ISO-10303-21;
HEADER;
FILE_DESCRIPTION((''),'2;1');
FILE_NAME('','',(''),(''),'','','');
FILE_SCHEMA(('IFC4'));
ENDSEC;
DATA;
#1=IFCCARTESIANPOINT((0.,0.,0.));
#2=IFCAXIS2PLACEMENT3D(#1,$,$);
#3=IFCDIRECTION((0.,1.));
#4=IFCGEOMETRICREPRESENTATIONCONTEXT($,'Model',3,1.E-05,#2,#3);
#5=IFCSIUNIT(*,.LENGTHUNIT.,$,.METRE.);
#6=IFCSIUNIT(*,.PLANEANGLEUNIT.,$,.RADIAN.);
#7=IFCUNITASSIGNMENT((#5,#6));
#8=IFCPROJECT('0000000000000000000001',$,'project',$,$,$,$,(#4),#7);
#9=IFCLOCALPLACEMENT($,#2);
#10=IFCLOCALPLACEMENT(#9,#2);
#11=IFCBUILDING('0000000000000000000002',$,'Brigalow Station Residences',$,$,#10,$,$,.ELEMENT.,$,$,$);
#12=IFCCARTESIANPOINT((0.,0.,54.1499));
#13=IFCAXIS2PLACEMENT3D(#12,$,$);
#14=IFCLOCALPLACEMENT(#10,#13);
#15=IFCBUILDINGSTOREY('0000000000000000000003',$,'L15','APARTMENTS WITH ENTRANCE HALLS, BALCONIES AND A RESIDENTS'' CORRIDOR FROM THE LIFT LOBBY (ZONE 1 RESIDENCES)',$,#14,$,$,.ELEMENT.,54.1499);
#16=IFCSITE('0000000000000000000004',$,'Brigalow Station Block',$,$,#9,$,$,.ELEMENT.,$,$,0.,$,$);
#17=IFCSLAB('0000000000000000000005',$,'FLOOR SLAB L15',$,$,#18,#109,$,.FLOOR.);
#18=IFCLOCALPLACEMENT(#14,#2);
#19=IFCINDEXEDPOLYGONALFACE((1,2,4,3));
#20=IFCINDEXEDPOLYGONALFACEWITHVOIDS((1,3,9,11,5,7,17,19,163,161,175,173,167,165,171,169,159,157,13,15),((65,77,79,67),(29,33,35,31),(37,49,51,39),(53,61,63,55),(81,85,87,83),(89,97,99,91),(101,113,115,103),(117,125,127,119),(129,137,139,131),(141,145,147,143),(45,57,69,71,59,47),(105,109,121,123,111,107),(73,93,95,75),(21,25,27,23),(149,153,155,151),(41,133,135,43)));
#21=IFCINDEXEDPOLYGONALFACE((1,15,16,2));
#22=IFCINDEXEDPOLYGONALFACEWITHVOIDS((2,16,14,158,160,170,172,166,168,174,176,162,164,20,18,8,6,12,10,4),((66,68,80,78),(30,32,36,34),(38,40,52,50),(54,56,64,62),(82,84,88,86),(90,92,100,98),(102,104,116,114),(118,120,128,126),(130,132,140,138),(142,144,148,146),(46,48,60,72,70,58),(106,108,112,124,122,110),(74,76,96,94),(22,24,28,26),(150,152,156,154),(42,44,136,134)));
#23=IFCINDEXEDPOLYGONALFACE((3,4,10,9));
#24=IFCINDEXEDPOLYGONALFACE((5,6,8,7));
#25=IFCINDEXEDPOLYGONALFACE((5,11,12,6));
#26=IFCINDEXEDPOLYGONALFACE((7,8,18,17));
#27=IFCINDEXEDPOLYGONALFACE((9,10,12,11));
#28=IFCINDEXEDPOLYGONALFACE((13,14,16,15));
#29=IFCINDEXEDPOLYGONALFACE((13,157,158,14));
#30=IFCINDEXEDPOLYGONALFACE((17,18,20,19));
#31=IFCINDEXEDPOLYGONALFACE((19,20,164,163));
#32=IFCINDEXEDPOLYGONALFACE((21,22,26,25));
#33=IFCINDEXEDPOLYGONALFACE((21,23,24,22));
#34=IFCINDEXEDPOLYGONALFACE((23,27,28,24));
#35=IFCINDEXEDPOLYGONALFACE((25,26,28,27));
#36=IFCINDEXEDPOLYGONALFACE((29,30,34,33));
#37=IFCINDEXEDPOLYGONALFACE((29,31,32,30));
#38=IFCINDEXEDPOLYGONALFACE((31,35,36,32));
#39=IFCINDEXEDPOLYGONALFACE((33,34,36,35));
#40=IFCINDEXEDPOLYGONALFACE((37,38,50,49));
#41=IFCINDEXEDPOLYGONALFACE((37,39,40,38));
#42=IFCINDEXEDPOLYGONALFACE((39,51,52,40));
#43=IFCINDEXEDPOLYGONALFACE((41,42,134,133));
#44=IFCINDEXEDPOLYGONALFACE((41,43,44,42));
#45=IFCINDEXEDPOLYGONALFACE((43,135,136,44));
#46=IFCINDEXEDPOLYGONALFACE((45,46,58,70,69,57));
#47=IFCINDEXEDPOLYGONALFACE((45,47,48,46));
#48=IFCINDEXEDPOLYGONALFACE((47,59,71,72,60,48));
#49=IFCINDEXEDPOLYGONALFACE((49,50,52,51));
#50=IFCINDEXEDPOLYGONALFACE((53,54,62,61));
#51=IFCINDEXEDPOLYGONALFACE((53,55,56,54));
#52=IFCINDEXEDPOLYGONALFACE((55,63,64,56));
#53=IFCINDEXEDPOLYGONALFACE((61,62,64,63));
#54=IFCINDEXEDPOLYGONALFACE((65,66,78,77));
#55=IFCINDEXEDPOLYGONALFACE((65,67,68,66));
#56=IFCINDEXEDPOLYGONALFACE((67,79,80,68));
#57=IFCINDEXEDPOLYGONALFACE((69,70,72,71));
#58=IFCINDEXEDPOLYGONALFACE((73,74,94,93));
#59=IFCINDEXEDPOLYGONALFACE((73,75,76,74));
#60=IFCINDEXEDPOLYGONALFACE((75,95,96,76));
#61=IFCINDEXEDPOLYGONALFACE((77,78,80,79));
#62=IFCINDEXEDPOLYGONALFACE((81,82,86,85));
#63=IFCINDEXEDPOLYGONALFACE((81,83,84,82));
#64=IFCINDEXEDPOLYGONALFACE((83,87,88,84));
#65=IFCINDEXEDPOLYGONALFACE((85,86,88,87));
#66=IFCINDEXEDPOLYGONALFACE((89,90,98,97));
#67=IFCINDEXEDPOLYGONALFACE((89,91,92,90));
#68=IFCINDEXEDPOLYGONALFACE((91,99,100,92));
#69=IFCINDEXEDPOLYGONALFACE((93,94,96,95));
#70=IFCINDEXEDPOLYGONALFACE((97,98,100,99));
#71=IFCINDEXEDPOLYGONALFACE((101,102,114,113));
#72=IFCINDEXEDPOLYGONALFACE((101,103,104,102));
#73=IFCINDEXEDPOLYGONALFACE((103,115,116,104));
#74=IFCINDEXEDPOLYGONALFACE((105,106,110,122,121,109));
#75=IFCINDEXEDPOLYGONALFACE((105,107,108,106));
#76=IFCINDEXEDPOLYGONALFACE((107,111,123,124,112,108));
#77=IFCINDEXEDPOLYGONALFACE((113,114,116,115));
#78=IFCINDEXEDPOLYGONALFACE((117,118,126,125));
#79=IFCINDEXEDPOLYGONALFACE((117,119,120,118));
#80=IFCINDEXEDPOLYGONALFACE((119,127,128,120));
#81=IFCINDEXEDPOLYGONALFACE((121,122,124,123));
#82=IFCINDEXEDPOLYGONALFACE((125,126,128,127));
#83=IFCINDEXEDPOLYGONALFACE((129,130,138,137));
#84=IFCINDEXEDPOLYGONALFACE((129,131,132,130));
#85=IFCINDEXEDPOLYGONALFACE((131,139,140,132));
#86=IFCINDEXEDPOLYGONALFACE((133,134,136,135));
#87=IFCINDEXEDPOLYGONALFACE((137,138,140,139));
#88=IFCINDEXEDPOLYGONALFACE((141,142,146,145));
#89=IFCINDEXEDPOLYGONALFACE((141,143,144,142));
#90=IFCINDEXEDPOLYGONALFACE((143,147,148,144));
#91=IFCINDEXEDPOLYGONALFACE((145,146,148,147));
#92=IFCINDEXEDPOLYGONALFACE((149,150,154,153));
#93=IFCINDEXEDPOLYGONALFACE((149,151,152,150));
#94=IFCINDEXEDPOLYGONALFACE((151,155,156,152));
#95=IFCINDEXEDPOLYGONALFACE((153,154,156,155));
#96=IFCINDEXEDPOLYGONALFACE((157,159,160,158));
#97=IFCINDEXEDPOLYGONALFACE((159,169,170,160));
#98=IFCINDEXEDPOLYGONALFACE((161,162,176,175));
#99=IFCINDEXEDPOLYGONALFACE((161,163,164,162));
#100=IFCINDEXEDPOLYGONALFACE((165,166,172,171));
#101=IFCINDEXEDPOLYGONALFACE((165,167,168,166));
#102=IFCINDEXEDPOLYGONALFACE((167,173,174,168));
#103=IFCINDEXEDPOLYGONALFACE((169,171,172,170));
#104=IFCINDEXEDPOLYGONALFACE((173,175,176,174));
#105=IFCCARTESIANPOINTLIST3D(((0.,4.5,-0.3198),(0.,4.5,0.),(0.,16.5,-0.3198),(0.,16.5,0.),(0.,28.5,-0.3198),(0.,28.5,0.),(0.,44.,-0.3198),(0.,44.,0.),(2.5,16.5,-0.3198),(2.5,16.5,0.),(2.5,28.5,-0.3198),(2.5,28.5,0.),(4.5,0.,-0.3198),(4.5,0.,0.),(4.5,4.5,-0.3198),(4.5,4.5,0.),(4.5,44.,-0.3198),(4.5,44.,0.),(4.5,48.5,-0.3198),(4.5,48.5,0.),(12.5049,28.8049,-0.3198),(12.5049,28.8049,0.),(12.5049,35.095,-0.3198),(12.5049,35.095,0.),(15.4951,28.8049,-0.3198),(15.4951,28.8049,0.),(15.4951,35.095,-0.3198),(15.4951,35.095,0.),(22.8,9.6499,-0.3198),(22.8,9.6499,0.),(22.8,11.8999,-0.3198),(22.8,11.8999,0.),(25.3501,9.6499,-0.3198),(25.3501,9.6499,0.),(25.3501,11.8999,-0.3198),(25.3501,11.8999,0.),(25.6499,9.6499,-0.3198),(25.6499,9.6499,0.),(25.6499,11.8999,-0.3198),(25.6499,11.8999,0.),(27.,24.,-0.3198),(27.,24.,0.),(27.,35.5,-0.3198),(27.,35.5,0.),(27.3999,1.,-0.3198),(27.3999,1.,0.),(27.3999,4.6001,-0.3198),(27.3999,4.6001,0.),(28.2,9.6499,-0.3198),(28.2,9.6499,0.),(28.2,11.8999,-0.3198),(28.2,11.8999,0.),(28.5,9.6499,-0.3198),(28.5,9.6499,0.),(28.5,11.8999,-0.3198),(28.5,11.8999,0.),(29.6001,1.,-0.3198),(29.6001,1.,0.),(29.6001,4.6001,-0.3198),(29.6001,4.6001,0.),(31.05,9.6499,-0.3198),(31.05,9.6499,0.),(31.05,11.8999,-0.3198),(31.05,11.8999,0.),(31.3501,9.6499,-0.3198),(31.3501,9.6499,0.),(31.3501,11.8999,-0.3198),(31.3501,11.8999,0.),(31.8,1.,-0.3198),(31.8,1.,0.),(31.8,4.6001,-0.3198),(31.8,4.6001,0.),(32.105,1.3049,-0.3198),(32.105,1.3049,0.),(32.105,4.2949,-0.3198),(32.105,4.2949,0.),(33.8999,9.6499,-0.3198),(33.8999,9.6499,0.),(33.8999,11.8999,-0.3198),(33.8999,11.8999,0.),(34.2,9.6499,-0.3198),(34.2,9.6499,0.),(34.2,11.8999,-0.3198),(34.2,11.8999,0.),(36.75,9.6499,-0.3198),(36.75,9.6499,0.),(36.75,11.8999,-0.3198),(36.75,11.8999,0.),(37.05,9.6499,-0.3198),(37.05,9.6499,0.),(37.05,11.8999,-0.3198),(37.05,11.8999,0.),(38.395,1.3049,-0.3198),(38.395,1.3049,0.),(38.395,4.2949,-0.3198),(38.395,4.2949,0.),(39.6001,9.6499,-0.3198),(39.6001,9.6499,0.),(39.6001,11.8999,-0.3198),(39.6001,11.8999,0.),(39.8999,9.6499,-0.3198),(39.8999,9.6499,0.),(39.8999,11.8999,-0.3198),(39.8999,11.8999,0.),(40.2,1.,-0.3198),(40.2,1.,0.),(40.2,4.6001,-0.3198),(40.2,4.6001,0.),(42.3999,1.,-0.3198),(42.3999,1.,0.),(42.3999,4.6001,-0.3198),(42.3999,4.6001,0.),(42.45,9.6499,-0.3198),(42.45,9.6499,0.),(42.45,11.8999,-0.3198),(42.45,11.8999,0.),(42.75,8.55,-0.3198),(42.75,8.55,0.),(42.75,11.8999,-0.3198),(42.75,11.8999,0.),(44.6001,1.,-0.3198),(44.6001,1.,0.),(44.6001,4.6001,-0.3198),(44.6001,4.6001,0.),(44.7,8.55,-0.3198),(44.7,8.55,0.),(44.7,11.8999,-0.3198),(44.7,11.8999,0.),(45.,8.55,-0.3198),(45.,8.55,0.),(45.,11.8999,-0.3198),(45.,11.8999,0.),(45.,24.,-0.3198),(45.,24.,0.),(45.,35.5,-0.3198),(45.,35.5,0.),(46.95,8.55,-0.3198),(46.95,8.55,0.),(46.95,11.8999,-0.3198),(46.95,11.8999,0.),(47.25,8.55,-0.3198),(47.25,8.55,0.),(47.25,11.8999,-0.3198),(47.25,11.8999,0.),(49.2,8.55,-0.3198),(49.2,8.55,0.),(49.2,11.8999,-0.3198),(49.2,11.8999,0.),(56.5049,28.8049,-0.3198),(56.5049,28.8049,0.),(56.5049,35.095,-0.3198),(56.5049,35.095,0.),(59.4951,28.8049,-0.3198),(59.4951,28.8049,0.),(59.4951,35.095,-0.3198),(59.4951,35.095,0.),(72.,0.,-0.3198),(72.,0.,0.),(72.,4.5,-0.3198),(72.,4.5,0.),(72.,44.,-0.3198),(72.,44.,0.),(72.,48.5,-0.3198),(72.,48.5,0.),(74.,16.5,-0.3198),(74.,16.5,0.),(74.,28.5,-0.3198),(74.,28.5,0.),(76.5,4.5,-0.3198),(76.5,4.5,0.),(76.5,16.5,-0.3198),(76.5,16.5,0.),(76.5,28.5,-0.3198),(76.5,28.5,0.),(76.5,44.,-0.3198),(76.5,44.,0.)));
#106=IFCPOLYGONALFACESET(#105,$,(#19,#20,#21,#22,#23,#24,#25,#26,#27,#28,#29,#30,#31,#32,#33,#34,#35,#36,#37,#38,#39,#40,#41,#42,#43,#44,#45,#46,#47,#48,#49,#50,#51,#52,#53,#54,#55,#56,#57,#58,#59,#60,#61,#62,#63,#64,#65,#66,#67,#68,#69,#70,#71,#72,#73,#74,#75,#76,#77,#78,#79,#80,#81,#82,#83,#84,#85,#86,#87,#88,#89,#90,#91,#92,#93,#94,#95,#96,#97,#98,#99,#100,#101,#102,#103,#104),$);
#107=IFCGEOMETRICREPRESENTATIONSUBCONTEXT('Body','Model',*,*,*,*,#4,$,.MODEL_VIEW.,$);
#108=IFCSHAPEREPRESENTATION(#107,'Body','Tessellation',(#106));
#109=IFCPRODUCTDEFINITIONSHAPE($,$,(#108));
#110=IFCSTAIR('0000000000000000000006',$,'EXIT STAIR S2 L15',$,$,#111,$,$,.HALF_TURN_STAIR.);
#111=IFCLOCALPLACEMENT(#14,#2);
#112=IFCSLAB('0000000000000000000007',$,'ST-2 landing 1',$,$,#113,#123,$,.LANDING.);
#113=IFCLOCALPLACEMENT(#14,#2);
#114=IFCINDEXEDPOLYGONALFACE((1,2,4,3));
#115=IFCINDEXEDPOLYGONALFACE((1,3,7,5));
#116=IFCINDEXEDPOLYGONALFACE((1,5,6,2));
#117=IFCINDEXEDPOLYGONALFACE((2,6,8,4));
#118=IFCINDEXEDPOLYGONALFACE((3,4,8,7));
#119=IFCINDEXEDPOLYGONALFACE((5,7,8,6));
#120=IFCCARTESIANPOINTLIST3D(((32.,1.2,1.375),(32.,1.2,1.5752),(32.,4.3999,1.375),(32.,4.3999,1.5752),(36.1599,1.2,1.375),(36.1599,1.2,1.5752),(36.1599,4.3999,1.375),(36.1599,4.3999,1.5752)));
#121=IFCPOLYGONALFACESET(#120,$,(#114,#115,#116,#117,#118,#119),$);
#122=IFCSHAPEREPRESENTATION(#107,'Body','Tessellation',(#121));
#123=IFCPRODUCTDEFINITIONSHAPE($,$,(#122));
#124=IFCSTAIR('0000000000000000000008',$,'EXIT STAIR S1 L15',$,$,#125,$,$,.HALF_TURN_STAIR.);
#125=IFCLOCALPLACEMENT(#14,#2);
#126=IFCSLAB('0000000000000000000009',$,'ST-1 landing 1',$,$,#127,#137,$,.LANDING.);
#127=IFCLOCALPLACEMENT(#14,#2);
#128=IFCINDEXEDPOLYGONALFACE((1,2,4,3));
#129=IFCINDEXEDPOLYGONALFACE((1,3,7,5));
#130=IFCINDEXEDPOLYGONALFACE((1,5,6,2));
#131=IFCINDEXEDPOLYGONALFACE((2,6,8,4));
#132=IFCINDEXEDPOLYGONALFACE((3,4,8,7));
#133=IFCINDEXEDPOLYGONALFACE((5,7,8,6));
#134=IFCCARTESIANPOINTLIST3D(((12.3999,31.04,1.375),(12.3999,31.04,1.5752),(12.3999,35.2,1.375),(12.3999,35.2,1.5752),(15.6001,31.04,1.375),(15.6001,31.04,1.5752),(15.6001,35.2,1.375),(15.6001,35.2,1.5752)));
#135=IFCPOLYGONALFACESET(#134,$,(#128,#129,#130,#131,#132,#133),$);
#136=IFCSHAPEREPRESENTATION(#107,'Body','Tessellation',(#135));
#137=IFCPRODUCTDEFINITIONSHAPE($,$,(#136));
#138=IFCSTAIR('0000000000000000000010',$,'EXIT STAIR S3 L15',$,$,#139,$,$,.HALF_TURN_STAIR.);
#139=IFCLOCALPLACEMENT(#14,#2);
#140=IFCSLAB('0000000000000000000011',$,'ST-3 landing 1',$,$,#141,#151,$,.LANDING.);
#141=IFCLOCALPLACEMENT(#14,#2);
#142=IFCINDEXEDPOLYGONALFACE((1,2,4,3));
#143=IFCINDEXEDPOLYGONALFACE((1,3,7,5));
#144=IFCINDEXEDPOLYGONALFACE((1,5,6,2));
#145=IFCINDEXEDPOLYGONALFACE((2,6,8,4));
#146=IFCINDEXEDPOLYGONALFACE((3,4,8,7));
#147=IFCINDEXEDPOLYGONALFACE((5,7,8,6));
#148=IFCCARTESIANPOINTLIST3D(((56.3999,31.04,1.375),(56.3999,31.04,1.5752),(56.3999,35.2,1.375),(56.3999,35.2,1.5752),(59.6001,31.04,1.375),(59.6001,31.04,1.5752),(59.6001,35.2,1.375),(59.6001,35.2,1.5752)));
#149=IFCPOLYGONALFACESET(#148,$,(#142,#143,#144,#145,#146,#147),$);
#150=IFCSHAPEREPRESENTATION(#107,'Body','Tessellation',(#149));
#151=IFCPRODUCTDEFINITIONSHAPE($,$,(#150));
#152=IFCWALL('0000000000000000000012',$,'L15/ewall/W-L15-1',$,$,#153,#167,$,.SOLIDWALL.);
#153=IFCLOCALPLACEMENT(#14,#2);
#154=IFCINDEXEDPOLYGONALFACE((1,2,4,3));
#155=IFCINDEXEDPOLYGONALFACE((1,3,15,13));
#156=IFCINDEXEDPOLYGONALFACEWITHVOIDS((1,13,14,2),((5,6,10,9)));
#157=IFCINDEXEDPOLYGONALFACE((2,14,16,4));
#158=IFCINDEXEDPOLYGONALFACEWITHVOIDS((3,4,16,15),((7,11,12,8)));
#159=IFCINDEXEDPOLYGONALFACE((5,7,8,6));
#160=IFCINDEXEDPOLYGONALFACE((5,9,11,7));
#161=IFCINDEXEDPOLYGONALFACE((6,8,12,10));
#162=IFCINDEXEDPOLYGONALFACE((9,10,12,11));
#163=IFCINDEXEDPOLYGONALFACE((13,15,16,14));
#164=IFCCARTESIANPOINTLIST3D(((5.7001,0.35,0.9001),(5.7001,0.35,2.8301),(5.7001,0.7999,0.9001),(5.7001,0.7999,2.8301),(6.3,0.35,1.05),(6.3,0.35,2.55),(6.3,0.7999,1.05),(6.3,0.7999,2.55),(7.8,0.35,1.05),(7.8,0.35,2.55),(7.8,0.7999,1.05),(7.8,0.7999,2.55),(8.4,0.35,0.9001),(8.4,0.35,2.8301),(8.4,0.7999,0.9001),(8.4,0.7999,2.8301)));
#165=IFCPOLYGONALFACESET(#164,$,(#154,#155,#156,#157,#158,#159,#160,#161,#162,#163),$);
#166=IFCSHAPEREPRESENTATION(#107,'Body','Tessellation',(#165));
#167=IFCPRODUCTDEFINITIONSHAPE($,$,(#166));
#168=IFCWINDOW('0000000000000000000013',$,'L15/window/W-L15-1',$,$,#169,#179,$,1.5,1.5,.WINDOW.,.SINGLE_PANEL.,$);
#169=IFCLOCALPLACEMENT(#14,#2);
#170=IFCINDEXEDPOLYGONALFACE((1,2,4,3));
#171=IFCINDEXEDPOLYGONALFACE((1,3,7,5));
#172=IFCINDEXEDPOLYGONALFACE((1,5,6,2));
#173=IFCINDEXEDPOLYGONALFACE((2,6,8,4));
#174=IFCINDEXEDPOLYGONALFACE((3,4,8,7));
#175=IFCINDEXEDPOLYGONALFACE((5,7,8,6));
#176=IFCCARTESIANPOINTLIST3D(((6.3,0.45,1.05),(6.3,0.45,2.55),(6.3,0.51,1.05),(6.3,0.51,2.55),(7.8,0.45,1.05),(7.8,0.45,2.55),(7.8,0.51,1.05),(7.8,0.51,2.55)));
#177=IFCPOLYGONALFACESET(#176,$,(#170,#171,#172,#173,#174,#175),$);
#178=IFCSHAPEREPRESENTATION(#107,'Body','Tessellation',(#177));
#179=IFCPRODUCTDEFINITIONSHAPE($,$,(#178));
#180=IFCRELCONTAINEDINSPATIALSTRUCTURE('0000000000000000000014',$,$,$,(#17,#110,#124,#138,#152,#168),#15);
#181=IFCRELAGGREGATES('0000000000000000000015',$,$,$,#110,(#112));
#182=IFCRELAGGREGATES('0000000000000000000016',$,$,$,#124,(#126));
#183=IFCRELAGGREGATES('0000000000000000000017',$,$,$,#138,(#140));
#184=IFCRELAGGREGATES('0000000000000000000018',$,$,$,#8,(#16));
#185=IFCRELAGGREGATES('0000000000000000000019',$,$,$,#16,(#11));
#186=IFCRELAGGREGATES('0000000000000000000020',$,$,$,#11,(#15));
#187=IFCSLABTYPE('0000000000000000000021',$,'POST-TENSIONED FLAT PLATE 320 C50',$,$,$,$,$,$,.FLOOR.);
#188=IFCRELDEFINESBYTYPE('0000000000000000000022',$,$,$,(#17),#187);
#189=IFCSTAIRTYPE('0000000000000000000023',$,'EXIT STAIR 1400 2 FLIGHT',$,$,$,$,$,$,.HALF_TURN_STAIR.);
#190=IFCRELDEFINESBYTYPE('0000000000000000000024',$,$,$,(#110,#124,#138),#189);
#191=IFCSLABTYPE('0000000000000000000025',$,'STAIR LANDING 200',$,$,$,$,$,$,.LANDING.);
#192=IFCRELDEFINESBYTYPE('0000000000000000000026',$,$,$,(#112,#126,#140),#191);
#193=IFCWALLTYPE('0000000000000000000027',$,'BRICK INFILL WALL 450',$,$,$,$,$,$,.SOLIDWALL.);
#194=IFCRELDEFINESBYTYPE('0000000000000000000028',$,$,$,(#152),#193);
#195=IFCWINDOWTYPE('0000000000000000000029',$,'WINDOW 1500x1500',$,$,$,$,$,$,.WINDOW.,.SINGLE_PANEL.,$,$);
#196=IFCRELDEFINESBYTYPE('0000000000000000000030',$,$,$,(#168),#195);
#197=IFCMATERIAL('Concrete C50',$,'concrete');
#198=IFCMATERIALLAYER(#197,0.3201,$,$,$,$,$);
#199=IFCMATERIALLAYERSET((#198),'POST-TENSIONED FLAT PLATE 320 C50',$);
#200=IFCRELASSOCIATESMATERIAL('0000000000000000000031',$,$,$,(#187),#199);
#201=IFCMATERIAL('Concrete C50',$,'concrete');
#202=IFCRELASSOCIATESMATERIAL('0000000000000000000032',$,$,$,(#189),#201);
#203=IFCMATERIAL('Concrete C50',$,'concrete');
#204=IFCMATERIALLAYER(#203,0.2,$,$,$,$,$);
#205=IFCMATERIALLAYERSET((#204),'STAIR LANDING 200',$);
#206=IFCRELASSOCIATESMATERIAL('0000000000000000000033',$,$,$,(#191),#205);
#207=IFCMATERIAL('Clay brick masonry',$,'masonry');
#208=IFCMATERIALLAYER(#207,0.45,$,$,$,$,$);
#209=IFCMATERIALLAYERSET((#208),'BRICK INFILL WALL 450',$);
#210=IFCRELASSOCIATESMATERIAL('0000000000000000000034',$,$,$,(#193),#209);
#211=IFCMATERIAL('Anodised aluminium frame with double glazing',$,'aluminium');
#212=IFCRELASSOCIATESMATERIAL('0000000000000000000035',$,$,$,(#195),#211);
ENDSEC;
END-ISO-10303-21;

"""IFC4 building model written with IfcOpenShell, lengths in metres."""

from ifc_helpers import new_model, si_unit, direction, frame, frame_2d, origin, place, context, subcontext, project, spatial, polyline, rectangle, outline, extrude, material, layer, layer_set, type_object, element, fill, aggregate, save


model = new_model("IFC4")

# Units and contexts
model_context = context("Model", 3, precision=1e-05, world=origin(), true_north=direction((0.0, 1.0)))
body_context = subcontext(model_context, "Body", "Model", "MODEL_VIEW")
ifc_project = project(units=[si_unit("LENGTHUNIT", "METRE"), si_unit("PLANEANGLEUNIT", "RADIAN")], contexts=[model_context])

# Site, building, storey
site_placement = place(None, origin())
site = spatial("IfcSite", under=ifc_project, at=site_placement, Name="Brigalow Station Block", CompositionType="ELEMENT", RefElevation=0.0)
building_placement = place(site_placement, origin())
building = spatial("IfcBuilding", under=site, at=building_placement, Name="Brigalow Station Residences", CompositionType="ELEMENT")
storey_placement = place(building_placement, frame((0.0, 0.0, 54.1499)))
storey = spatial("IfcBuildingStorey", under=building, at=storey_placement, Name="L15", Description="APARTMENTS WITH ENTRANCE HALLS, BALCONIES AND A RESIDENTS' CORRIDOR FROM THE LIFT LOBBY (ZONE 1 RESIDENCES)", CompositionType="ELEMENT", Elevation=54.1499)

# Slab
ifc_material_1 = material(Name="Concrete C50", Category="concrete")
ifc_layer_1 = layer(ifc_material_1, 0.3201)
ifc_layer_set_1 = layer_set([ifc_layer_1], Name="POST-TENSIONED FLAT PLATE 320 C50")
slab_type_1 = type_object("IfcSlabType", Name="POST-TENSIONED FLAT PLATE 320 C50", PredefinedType="FLOOR", material=ifc_layer_set_1)
slab_1_placement = place(storey_placement, frame((0.0, 0.0, -0.3198)))
element("IfcSlab", 1, at=slab_1_placement, inside=storey, type_object=slab_type_1, Name="FLOOR SLAB L15", PredefinedType="FLOOR", context=body_context, shape_type="SweptSolid", body=[
    extrude(outline(polyline([(4.5, 0.0), (72.0, 0.0), (72.0, 4.5), (76.5, 4.5), (76.5, 16.5), (74.0, 16.5), (74.0, 28.5), (76.5, 28.5), (76.5, 44.0), (72.0, 44.0), (72.0, 48.5), (4.5, 48.5), (4.5, 44.0), (0.0, 44.0), (0.0, 28.5), (2.5, 28.5), (2.5, 16.5), (0.0, 16.5), (0.0, 4.5), (4.5, 4.5), (4.5, 0.0)]), holes=[polyline([(15.4951, 35.095), (15.4951, 28.8049), (12.5049, 28.8049), (12.5049, 35.095), (15.4951, 35.095)]), polyline([(22.8, 11.8999), (25.3501, 11.8999), (25.3501, 9.6499), (22.8, 9.6499), (22.8, 11.8999)]), polyline([(25.6499, 11.8999), (28.2, 11.8999), (28.2, 9.6499), (25.6499, 9.6499), (25.6499, 11.8999)]), polyline([(28.5, 11.8999), (31.05, 11.8999), (31.05, 9.6499), (28.5, 9.6499), (28.5, 11.8999)]), polyline([(29.6001, 1.0), (27.3999, 1.0), (27.3999, 4.6001), (29.6001, 4.6001), (31.8, 4.6001), (31.8, 1.0), (29.6001, 1.0)]), polyline([(31.3501, 11.8999), (33.8999, 11.8999), (33.8999, 9.6499), (31.3501, 9.6499), (31.3501, 11.8999)]), polyline([(32.105, 4.2949), (38.395, 4.2949), (38.395, 1.3049), (32.105, 1.3049), (32.105, 4.2949)]), polyline([(36.75, 11.8999), (36.75, 9.6499), (34.2, 9.6499), (34.2, 11.8999), (36.75, 11.8999)]), polyline([(37.05, 11.8999), (39.6001, 11.8999), (39.6001, 9.6499), (37.05, 9.6499), (37.05, 11.8999)]), polyline([(39.8999, 11.8999), (42.45, 11.8999), (42.45, 9.6499), (39.8999, 9.6499), (39.8999, 11.8999)]), polyline([(42.3999, 1.0), (40.2, 1.0), (40.2, 4.6001), (42.3999, 4.6001), (44.6001, 4.6001), (44.6001, 1.0), (42.3999, 1.0)]), polyline([(42.75, 11.8999), (44.7, 11.8999), (44.7, 8.55), (42.75, 8.55), (42.75, 11.8999)]), polyline([(45.0, 11.8999), (46.95, 11.8999), (46.95, 8.55), (45.0, 8.55), (45.0, 11.8999)]), polyline([(45.0, 35.5), (45.0, 24.0), (27.0, 24.0), (27.0, 35.5), (45.0, 35.5)]), polyline([(47.25, 11.8999), (49.2, 11.8999), (49.2, 8.55), (47.25, 8.55), (47.25, 11.8999)]), polyline([(59.4951, 35.095), (59.4951, 28.8049), (56.5049, 28.8049), (56.5049, 35.095), (59.4951, 35.095)])]), origin(), (0.0, 0.0, 1.0), 0.3198),
])

# Stairs, slabs
ifc_material_2 = material(Name="Concrete C50", Category="concrete")
stair_type = type_object("IfcStairType", Name="EXIT STAIR 1400 2 FLIGHT", PredefinedType="HALF_TURN_STAIR", material=ifc_material_2)
stair_1_placement = place(storey_placement, origin())
stair_1 = element("IfcStair", 2, at=stair_1_placement, inside=storey, type_object=stair_type, Name="EXIT STAIR S2 L15", PredefinedType="HALF_TURN_STAIR")
ifc_material_3 = material(Name="Concrete C50", Category="concrete")
ifc_layer_2 = layer(ifc_material_3, 0.2)
ifc_layer_set_2 = layer_set([ifc_layer_2], Name="STAIR LANDING 200")
slab_type_2 = type_object("IfcSlabType", Name="STAIR LANDING 200", PredefinedType="LANDING", material=ifc_layer_set_2)
slab_2_placement = place(storey_placement, frame((0.0, 0.0, 1.375)))
slab_2 = element("IfcSlab", 3, at=slab_2_placement, type_object=slab_type_2, Name="ST-2 landing 1", PredefinedType="LANDING", context=body_context, shape_type="SweptSolid", body=[
    extrude(outline(polyline([(32.0, 1.2), (36.1599, 1.2), (36.1599, 4.3999), (32.0, 4.3999), (32.0, 1.2)])), origin(), (0.0, 0.0, 1.0), 0.2002),
])
aggregate(stair_1, [slab_2])
stair_2_placement = place(storey_placement, origin())
stair_2 = element("IfcStair", 4, at=stair_2_placement, inside=storey, type_object=stair_type, Name="EXIT STAIR S1 L15", PredefinedType="HALF_TURN_STAIR")
slab_3_placement = place(storey_placement, frame((0.0, 0.0, 1.375)))
slab_3 = element("IfcSlab", 5, at=slab_3_placement, type_object=slab_type_2, Name="ST-1 landing 1", PredefinedType="LANDING", context=body_context, shape_type="SweptSolid", body=[
    extrude(outline(polyline([(12.3999, 31.04), (15.6001, 31.04), (15.6001, 35.2), (12.3999, 35.2), (12.3999, 31.04)])), origin(), (0.0, 0.0, 1.0), 0.2002),
])
aggregate(stair_2, [slab_3])
stair_3_placement = place(storey_placement, origin())
stair_3 = element("IfcStair", 6, at=stair_3_placement, inside=storey, type_object=stair_type, Name="EXIT STAIR S3 L15", PredefinedType="HALF_TURN_STAIR")
slab_4_placement = place(storey_placement, frame((0.0, 0.0, 1.375)))
slab_4 = element("IfcSlab", 7, at=slab_4_placement, type_object=slab_type_2, Name="ST-3 landing 1", PredefinedType="LANDING", context=body_context, shape_type="SweptSolid", body=[
    extrude(outline(polyline([(56.3999, 31.04), (59.6001, 31.04), (59.6001, 35.2), (56.3999, 35.2), (56.3999, 31.04)])), origin(), (0.0, 0.0, 1.0), 0.2002),
])
aggregate(stair_3, [slab_4])

# Wall, opening, window
ifc_material_4 = material(Name="Clay brick masonry", Category="masonry")
ifc_layer_3 = layer(ifc_material_4, 0.45)
ifc_layer_set_3 = layer_set([ifc_layer_3], Name="BRICK INFILL WALL 450")
wall_type_1 = type_object("IfcWallType", Name="BRICK INFILL WALL 450", PredefinedType="SOLIDWALL", material=ifc_layer_set_3)
wall_1_placement = place(storey_placement, frame((5.7, 0.575, 0.9001), z_axis=(0.0, 0.0, 1.0), x_axis=(1.0, 0.0, 0.0)))
wall_1 = element("IfcWall", 8, at=wall_1_placement, inside=storey, type_object=wall_type_1, Name="L15/ewall/W-L15-1", PredefinedType="SOLIDWALL", context=body_context, shape_type="SweptSolid", body=[
    extrude(rectangle(XDim=2.7, YDim=0.45, at=frame_2d((1.3501, 0.0))), origin(), (0.0, 0.0, 1.0), 1.9299),
])
opening_1_placement = place(wall_1_placement, frame((0.6001, 0.0, 0.1499)))
opening_1 = element("IfcOpeningElement", 9, at=opening_1_placement, cuts=wall_1, PredefinedType="OPENING", context=body_context, shape_type="SweptSolid", body=[
    extrude(rectangle(XDim=1.5, YDim=1.5, at=frame_2d((0.75, 0.75))), frame((0.0, 0.2349, 0.0), z_axis=(0.0, -1.0, 0.0), x_axis=(1.0, 0.0, 0.0)), (0.0, 0.0, 1.0), 0.47),
])
ifc_material_5 = material(Name="Anodised aluminium frame with double glazing", Category="aluminium")
window_type_1 = type_object("IfcWindowType", Name="WINDOW 1500x1500", PartitioningType="SINGLE_PANEL", PredefinedType="WINDOW", material=ifc_material_5)
window_1_placement = place(opening_1_placement, origin())
window_1 = element("IfcWindow", 10, at=window_1_placement, inside=storey, type_object=window_type_1, Name="L15/window/W-L15-1", OverallHeight=1.5, OverallWidth=1.5, PartitioningType="SINGLE_PANEL", PredefinedType="WINDOW", context=body_context, shape_type="SweptSolid", body=[
    extrude(rectangle(XDim=1.5, YDim=1.5, at=frame_2d((0.75, 0.75))), frame((0.0, -0.0649, 0.0), z_axis=(0.0, -1.0, 0.0), x_axis=(1.0, 0.0, 0.0)), (0.0, 0.0, 1.0), 0.0601),
])
fill(opening_1, window_1)

save(model, "model.ifc")
